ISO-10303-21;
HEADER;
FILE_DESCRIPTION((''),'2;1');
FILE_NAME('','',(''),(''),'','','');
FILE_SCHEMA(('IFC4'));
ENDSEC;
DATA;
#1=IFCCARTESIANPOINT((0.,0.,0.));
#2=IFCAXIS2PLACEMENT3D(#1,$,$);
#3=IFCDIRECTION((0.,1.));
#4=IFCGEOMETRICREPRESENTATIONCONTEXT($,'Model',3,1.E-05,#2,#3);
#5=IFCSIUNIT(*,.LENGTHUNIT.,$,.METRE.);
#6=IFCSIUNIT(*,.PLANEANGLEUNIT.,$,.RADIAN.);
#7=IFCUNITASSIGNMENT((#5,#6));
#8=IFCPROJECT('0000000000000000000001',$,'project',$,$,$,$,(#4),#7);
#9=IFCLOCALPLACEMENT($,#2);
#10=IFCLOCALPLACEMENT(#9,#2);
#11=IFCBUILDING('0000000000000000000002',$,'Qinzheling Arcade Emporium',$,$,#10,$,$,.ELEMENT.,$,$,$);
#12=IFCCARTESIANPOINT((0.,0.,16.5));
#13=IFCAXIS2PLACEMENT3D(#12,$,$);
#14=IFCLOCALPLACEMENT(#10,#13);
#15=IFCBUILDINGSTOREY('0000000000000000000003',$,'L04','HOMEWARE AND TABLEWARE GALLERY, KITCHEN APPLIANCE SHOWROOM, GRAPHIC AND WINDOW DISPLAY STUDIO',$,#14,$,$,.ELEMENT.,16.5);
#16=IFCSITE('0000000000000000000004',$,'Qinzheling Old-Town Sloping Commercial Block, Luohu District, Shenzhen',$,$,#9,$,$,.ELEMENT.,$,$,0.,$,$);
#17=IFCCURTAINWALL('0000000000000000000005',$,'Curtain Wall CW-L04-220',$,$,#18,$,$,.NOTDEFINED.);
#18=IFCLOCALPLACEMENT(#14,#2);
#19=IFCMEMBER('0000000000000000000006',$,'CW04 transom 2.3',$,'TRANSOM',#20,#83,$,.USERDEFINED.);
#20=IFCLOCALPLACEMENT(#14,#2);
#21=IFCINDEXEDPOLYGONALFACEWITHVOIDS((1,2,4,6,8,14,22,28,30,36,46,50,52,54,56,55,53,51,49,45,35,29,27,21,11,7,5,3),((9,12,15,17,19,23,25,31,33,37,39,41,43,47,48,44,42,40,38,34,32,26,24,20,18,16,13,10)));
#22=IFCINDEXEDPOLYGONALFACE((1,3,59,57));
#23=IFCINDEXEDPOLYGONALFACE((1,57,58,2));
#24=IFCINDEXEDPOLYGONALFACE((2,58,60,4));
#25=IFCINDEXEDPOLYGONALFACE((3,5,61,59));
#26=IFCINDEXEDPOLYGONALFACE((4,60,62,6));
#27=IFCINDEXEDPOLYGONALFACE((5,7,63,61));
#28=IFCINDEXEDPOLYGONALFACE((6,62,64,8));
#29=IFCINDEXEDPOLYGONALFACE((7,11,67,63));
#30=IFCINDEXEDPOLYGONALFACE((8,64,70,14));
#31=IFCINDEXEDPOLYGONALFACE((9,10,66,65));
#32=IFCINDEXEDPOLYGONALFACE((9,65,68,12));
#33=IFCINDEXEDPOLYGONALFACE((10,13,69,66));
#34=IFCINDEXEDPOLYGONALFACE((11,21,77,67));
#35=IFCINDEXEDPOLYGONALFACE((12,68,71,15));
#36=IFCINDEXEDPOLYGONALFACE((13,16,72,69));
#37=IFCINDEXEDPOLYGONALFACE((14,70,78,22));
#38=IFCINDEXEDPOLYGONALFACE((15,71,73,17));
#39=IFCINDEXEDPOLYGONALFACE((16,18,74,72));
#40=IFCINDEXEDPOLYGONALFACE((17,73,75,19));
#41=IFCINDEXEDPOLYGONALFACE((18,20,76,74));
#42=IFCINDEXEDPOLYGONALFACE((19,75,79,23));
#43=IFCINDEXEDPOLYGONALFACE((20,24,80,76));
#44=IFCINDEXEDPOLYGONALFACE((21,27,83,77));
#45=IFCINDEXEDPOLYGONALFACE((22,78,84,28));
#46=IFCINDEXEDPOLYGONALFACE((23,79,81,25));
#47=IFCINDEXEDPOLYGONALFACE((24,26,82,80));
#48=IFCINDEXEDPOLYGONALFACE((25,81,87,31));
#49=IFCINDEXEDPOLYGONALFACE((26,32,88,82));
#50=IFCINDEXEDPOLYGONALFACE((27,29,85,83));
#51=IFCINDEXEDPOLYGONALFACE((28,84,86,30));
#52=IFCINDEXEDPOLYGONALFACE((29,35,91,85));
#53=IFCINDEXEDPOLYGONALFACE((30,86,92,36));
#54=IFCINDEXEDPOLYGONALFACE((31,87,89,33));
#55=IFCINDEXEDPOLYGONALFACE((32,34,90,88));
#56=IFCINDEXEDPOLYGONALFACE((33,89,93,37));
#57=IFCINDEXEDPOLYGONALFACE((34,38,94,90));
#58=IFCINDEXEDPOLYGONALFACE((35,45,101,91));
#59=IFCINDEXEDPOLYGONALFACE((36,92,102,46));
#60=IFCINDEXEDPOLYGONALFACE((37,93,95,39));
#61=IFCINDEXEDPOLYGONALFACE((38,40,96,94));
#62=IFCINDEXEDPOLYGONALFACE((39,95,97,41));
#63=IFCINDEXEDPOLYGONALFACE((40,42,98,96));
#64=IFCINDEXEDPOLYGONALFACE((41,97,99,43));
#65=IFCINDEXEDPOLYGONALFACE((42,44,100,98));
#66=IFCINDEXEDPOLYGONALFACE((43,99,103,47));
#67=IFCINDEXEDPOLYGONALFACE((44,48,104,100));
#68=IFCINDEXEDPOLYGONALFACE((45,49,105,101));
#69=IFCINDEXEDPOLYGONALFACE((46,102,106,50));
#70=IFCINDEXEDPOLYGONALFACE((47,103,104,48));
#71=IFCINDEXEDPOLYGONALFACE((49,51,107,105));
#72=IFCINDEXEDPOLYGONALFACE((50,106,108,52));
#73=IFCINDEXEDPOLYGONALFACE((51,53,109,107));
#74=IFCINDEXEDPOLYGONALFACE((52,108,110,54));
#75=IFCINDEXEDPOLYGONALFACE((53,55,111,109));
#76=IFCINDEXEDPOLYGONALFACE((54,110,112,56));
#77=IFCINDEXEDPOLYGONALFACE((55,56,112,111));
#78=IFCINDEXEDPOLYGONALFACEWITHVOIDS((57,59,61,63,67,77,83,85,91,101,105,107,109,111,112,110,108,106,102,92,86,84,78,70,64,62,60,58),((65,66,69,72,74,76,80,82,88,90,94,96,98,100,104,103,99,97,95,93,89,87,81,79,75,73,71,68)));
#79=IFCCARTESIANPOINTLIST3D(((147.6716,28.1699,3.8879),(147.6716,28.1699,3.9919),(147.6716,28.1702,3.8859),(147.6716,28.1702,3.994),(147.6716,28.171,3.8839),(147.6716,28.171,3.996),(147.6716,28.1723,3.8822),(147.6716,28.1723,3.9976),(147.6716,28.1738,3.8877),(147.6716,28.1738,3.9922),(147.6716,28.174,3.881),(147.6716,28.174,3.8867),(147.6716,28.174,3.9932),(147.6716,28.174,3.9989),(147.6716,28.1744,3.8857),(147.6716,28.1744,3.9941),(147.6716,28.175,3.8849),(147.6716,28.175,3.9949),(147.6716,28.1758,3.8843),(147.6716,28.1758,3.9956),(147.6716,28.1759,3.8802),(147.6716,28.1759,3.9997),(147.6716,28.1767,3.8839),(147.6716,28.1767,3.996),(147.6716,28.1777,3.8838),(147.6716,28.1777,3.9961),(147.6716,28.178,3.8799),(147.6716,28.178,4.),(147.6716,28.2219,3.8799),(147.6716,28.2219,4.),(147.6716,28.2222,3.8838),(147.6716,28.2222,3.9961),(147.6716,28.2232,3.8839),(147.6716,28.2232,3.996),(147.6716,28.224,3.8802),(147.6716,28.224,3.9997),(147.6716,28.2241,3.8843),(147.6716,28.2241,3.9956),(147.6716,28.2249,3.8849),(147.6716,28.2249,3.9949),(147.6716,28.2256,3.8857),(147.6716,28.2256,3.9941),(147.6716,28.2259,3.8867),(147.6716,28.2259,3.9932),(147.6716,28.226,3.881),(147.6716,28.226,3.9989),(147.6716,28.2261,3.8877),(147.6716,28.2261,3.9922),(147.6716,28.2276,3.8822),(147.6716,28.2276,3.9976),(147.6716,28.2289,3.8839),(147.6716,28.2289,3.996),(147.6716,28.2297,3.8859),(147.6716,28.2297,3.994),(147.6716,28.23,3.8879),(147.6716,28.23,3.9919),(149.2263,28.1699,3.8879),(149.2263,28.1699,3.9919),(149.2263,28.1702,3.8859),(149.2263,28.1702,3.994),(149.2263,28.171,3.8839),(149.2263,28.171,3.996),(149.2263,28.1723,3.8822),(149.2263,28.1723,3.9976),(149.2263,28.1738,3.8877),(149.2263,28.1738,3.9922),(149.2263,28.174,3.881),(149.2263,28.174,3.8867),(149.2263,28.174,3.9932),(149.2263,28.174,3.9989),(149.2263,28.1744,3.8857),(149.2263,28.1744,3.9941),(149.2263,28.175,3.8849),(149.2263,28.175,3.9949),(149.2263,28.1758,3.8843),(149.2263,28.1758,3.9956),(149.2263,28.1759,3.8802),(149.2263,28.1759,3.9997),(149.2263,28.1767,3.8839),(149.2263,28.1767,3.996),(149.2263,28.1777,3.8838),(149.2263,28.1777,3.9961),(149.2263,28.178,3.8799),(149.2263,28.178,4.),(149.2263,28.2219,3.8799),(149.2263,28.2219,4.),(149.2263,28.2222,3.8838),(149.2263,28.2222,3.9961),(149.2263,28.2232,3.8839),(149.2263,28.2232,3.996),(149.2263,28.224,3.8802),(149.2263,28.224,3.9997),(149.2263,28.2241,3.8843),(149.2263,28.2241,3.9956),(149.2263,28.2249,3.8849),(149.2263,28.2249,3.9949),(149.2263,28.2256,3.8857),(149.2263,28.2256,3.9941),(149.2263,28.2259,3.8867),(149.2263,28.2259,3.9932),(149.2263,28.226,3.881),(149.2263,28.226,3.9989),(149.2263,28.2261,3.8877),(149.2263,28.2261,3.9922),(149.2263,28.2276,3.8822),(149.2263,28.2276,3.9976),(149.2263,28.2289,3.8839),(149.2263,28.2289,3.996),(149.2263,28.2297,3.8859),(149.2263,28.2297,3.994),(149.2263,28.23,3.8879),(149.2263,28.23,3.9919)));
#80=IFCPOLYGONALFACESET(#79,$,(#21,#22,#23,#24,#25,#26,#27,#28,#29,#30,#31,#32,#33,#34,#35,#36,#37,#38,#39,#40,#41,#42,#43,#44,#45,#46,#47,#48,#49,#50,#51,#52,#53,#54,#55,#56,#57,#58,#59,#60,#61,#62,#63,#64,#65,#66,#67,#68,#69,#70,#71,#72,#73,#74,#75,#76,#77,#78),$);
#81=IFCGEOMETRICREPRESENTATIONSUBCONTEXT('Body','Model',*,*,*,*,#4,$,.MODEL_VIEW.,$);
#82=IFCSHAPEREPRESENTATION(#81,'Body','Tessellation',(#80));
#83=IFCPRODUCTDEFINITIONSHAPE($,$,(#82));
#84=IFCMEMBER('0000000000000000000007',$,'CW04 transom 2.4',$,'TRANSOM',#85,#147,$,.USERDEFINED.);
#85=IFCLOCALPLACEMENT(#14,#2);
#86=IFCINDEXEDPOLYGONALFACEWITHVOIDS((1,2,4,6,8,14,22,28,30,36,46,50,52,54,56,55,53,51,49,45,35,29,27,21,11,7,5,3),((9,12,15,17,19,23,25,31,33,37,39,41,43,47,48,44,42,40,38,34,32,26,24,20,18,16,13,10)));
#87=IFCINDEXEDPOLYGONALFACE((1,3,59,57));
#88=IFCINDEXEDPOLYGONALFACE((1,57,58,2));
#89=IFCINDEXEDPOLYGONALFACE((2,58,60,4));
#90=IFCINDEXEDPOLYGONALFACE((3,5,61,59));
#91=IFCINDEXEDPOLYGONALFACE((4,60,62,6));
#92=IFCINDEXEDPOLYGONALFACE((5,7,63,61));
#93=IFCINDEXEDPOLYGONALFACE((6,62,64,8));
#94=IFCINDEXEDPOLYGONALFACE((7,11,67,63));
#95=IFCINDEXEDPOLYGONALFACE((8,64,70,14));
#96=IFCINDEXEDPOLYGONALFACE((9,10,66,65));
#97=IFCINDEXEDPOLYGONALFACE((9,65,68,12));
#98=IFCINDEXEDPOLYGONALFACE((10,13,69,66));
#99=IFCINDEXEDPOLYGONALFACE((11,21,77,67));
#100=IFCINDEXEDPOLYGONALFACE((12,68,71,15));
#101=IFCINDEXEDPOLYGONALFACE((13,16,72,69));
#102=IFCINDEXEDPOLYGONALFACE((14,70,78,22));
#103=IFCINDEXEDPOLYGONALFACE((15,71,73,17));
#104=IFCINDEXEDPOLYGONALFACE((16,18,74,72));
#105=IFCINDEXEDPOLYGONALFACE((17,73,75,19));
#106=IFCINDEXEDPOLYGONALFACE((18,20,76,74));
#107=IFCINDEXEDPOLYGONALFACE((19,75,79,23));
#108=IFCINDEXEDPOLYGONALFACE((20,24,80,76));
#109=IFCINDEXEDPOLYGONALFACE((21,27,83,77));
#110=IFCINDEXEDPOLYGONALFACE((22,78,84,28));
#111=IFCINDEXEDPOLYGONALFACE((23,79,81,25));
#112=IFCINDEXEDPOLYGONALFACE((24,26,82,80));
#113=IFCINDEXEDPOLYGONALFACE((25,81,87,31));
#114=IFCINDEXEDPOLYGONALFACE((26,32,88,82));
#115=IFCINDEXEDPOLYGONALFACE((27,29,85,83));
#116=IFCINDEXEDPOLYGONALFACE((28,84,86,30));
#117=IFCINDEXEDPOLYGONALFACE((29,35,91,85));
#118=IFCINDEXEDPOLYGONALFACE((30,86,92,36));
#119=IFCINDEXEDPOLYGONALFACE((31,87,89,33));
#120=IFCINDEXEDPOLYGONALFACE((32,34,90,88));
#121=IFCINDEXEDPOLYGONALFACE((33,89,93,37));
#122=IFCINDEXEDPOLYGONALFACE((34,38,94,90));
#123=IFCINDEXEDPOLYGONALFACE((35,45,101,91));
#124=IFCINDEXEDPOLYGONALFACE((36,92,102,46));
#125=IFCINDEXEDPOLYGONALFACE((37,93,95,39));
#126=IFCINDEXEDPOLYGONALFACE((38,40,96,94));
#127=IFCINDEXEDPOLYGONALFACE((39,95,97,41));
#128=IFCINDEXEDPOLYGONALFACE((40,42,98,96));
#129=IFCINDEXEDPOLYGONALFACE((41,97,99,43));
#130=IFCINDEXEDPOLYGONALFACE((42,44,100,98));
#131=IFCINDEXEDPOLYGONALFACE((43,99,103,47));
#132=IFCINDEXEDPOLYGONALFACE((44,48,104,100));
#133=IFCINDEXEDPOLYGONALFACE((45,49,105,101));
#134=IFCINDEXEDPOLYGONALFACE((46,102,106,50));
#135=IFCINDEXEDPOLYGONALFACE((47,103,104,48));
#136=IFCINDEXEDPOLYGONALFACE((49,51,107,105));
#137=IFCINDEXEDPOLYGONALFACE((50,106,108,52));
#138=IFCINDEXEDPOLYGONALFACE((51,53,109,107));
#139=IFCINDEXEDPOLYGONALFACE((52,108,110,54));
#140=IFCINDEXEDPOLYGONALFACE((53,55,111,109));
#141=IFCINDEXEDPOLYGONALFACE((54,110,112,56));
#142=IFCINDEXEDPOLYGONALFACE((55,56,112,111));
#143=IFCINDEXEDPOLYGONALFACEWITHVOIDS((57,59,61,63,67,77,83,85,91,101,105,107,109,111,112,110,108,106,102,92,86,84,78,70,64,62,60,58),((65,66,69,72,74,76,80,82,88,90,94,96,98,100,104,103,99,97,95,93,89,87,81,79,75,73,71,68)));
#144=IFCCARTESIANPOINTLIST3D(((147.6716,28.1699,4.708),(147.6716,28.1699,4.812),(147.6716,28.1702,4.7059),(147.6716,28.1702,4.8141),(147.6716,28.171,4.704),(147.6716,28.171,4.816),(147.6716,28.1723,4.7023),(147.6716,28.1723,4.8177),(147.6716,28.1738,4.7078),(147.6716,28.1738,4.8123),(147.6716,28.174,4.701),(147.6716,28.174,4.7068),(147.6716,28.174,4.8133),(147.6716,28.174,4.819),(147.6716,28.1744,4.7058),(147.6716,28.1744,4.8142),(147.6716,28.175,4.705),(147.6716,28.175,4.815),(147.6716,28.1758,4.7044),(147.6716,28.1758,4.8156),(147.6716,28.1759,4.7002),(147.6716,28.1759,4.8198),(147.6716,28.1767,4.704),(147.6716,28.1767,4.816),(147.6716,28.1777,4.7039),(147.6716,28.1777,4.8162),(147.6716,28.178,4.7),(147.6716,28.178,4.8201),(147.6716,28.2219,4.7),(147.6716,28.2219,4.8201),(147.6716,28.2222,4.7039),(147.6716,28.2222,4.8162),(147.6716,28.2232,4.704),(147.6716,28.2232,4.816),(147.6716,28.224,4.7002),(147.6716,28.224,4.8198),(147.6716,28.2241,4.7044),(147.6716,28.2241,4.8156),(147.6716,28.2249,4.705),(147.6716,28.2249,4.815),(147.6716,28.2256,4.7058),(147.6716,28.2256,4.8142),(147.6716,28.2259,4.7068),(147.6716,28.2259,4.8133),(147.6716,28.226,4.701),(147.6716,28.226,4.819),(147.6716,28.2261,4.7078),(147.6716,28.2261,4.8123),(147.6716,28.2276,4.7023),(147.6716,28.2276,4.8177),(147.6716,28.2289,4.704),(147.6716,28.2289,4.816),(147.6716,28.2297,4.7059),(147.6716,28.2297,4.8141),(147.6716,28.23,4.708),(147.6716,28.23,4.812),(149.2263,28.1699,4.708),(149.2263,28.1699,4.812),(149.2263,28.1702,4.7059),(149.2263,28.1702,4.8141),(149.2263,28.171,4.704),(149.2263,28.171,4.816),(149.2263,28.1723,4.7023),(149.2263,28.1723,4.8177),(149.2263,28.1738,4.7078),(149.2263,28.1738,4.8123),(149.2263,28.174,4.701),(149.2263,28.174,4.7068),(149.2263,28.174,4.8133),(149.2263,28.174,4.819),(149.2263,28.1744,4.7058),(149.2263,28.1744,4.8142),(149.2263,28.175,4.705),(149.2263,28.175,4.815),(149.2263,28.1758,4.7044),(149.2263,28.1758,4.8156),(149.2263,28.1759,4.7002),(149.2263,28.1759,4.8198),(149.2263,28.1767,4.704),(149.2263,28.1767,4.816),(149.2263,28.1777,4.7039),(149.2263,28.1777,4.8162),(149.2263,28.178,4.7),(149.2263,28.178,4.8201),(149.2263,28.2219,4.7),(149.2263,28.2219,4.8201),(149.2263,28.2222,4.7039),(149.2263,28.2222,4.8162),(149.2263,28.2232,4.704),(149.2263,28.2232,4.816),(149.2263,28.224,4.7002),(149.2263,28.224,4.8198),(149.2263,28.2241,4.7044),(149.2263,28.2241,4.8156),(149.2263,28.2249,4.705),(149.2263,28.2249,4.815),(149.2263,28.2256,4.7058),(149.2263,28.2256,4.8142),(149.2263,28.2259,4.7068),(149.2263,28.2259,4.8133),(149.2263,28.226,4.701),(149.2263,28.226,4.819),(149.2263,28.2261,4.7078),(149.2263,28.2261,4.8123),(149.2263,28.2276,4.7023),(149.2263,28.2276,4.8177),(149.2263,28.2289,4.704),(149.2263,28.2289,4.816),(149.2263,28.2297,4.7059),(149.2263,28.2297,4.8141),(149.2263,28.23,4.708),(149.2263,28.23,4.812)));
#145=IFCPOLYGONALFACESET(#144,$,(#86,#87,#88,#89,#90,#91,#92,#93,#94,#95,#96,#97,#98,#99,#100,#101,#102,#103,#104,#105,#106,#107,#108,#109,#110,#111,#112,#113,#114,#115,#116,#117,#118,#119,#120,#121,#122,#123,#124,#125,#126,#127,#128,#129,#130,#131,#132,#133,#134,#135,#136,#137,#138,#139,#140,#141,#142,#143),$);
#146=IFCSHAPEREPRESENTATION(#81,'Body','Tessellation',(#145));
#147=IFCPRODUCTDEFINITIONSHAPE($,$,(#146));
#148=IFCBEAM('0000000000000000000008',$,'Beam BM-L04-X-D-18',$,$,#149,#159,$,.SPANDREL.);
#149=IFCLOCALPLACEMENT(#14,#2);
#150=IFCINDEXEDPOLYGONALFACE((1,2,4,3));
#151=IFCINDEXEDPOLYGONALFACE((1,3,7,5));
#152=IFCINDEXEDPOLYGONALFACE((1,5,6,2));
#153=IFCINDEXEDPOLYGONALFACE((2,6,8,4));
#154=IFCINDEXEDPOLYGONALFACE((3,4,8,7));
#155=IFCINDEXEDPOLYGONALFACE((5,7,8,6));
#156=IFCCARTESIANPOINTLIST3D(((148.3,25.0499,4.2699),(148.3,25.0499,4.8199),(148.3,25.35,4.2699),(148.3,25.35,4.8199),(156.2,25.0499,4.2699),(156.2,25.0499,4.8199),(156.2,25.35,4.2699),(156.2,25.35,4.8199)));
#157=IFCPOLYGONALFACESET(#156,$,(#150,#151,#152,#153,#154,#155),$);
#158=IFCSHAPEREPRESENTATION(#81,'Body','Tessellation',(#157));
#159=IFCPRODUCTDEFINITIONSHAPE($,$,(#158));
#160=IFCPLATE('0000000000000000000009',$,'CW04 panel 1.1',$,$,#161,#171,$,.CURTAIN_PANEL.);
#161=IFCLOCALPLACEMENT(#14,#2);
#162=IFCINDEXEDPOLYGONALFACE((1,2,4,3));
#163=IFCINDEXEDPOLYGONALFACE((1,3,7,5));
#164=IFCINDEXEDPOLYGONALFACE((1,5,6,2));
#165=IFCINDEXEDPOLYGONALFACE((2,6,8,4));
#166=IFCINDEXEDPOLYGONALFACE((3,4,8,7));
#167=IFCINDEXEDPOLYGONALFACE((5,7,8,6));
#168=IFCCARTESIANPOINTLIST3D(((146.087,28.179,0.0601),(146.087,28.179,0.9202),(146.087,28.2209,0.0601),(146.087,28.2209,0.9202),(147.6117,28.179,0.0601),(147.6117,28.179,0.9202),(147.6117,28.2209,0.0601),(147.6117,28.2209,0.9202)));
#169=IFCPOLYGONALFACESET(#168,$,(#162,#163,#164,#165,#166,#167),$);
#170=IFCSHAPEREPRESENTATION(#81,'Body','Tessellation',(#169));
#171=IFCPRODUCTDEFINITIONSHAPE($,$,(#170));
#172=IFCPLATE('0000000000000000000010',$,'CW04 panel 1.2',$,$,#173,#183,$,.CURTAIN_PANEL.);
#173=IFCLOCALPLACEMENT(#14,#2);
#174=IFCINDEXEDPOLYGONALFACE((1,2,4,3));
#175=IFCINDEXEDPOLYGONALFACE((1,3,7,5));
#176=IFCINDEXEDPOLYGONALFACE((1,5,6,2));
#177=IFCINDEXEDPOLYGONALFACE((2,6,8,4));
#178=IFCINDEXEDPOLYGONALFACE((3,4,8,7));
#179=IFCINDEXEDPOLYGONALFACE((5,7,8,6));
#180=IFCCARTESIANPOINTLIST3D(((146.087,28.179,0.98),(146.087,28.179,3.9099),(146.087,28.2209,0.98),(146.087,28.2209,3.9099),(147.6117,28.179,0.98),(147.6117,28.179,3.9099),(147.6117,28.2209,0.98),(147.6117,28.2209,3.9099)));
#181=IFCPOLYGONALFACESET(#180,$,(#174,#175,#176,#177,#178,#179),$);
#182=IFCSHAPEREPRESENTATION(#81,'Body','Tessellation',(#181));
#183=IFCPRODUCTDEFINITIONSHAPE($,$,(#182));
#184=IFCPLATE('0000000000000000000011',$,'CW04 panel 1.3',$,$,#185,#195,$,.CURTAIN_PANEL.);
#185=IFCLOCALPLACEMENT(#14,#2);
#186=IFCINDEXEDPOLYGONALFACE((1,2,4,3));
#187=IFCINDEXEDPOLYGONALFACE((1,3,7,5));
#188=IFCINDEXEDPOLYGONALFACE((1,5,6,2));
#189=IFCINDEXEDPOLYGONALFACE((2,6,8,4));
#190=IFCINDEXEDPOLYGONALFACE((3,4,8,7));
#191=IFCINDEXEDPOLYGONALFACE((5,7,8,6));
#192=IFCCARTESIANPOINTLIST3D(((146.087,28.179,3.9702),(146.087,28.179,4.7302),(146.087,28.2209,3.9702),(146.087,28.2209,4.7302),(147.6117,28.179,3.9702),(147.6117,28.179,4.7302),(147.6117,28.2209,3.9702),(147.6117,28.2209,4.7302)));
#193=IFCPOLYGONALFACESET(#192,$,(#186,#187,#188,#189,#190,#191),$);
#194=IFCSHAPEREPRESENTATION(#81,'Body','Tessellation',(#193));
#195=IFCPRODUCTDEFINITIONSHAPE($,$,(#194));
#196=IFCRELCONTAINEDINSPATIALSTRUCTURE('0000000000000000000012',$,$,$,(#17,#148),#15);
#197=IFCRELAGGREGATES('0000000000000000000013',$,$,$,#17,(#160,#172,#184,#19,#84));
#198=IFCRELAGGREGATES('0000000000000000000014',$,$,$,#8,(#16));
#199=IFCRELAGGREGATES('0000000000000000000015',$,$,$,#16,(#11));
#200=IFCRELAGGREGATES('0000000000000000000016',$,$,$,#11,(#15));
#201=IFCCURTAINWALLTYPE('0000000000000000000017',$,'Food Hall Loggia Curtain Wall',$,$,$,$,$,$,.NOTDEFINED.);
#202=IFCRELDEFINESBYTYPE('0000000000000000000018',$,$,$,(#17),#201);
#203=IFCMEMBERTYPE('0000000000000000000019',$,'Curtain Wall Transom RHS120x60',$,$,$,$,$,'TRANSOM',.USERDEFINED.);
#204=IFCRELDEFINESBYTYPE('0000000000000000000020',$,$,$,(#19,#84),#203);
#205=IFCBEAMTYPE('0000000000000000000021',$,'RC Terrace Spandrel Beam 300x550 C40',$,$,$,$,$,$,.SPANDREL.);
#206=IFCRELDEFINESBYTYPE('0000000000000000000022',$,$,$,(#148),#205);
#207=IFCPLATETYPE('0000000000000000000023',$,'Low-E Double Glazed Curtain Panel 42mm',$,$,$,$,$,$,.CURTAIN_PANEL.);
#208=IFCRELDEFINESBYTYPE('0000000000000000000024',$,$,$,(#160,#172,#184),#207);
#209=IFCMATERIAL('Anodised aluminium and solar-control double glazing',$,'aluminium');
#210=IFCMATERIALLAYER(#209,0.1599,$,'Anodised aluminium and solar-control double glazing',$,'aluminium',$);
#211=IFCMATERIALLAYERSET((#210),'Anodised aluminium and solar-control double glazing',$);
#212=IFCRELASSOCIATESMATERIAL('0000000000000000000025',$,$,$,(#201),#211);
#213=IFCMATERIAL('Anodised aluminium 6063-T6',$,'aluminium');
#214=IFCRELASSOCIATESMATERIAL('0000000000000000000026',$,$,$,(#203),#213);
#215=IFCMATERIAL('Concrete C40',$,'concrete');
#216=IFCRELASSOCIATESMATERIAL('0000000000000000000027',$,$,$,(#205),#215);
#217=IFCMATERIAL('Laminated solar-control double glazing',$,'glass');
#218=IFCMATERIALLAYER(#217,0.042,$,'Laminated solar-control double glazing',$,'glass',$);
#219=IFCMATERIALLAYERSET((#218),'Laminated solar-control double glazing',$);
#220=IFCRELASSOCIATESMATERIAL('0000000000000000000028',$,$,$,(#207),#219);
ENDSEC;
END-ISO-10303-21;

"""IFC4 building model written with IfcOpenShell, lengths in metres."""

from ifc_helpers import new_model, si_unit, direction, frame, origin, origin_2d, place, context, subcontext, project, spatial, rectangle, hollow_rectangle, extrude, material, layer, layer_set, material_profile, profile_set, type_object, element, aggregate, save


model = new_model("IFC4")

# Units and contexts
model_context = context("Model", 3, precision=1e-05, world=origin(), true_north=direction((0.0, 1.0)))
body_context = subcontext(model_context, "Body", "Model", "MODEL_VIEW")
ifc_project = project(units=[si_unit("LENGTHUNIT", "METRE"), si_unit("PLANEANGLEUNIT", "RADIAN")], contexts=[model_context])

# Site, building, storey
site_placement = place(None, origin())
site = spatial("IfcSite", under=ifc_project, at=site_placement, Name="Qinzheling Old-Town Sloping Commercial Block, Luohu District, Shenzhen", CompositionType="ELEMENT", RefElevation=0.0)
building_placement = place(site_placement, origin())
building = spatial("IfcBuilding", under=site, at=building_placement, Name="Qinzheling Arcade Emporium", CompositionType="ELEMENT")
storey_placement = place(building_placement, frame((0.0, 0.0, 16.5)))
storey = spatial("IfcBuildingStorey", under=building, at=storey_placement, Name="L04", Description="HOMEWARE AND TABLEWARE GALLERY, KITCHEN APPLIANCE SHOWROOM, GRAPHIC AND WINDOW DISPLAY STUDIO", CompositionType="ELEMENT", Elevation=16.5)

# Shared definitions
ifc_material_1 = material(Name="Concrete C40", Category="concrete")

# Curtain wall, members
ifc_material_2 = material(Name="Anodised aluminium and solar-control double glazing", Category="aluminium")
ifc_layer_1 = layer(ifc_material_2, 0.1599, Name="Anodised aluminium and solar-control double glazing", Category="aluminium")
ifc_layer_set_1 = layer_set([ifc_layer_1], Name="Anodised aluminium and solar-control double glazing")
curtain_wall_type = type_object("IfcCurtainWallType", Name="Food Hall Loggia Curtain Wall", PredefinedType="NOTDEFINED", material=ifc_layer_set_1)
curtain_wall_placement = place(storey_placement, origin())
curtain_wall = element("IfcCurtainWall", 1, at=curtain_wall_placement, inside=storey, type_object=curtain_wall_type, Name="Curtain Wall CW-L04-220", PredefinedType="NOTDEFINED")
ifc_material_3 = material(Name="Anodised aluminium 6063-T6", Category="aluminium")
ifc_material_profile_1 = material_profile(ifc_material_3, hollow_rectangle(XDim=0.0601, YDim=0.1201, WallThickness=0.0039, InnerFilletRadius=0.0039, OuterFilletRadius=0.0081, at=origin_2d()), Name="RHS 120x60x4", Category="aluminium")
ifc_profile_set_1 = profile_set([ifc_material_profile_1], Name="Anodised aluminium 6063-T6")
member_type_1 = type_object("IfcMemberType", Name="Curtain Wall Transom RHS120x60", ElementType="TRANSOM", PredefinedType="USERDEFINED", material=ifc_profile_set_1)
member_1_placement = place(storey_placement, frame((147.6716, 28.2, 3.9399), z_axis=(1.0, 0.0, 0.0), x_axis=(0.0, 1.0, 0.0)))
member_1 = element("IfcMember", 2, at=member_1_placement, type_object=member_type_1, Name="CW04 transom 2.3", ObjectType="TRANSOM", PredefinedType="USERDEFINED", context=body_context, shape_type="SweptSolid", body=[
    extrude(hollow_rectangle(XDim=0.0601, YDim=0.1201, WallThickness=0.0039, InnerFilletRadius=0.0039, OuterFilletRadius=0.0081, at=origin_2d()), origin(), (0.0, 0.0, 1.0), 1.5547),
])
member_2_placement = place(storey_placement, frame((147.6716, 28.2, 4.76), z_axis=(1.0, 0.0, 0.0), x_axis=(0.0, 1.0, 0.0)))
member_2 = element("IfcMember", 3, at=member_2_placement, type_object=member_type_1, Name="CW04 transom 2.4", ObjectType="TRANSOM", PredefinedType="USERDEFINED", context=body_context, shape_type="SweptSolid", body=[
    extrude(hollow_rectangle(XDim=0.0601, YDim=0.1201, WallThickness=0.0039, InnerFilletRadius=0.0039, OuterFilletRadius=0.0081, at=origin_2d()), origin(), (0.0, 0.0, 1.0), 1.5547),
])

# Beam
ifc_material_profile_2 = material_profile(ifc_material_1, rectangle(XDim=0.3, YDim=0.55, at=origin_2d()), Name="RC 300x550", Category="concrete")
ifc_profile_set_2 = profile_set([ifc_material_profile_2], Name="Concrete C40")
beam_type = type_object("IfcBeamType", Name="RC Terrace Spandrel Beam 300x550 C40", PredefinedType="SPANDREL", material=ifc_profile_set_2)
beam_placement = place(storey_placement, frame((148.3, 25.2, 4.5449), z_axis=(1.0, 0.0, 0.0), x_axis=(0.0, 1.0, 0.0)))
element("IfcBeam", 4, at=beam_placement, inside=storey, type_object=beam_type, Name="Beam BM-L04-X-D-18", PredefinedType="SPANDREL", context=body_context, shape_type="SweptSolid", body=[
    extrude(rectangle(XDim=0.3, YDim=0.55, at=origin_2d()), origin(), (0.0, 0.0, 1.0), 7.8999),
])

# Plates
ifc_material_4 = material(Name="Laminated solar-control double glazing", Category="glass")
ifc_layer_2 = layer(ifc_material_4, 0.042, Name="Laminated solar-control double glazing", Category="glass")
ifc_layer_set_2 = layer_set([ifc_layer_2], Name="Laminated solar-control double glazing")
plate_type = type_object("IfcPlateType", Name="Low-E Double Glazed Curtain Panel 42mm", PredefinedType="CURTAIN_PANEL", material=ifc_layer_set_2)
plate_1_placement = place(storey_placement, frame((146.8494, 28.2, 0.0601), z_axis=(0.0, 0.0, 1.0), x_axis=(1.0, 0.0, 0.0)))
plate_1 = element("IfcPlate", 5, at=plate_1_placement, type_object=plate_type, Name="CW04 panel 1.1", PredefinedType="CURTAIN_PANEL", context=body_context, shape_type="SweptSolid", body=[
    extrude(rectangle(XDim=1.5247, YDim=0.042, at=origin_2d()), origin(), (0.0, 0.0, 1.0), 0.8601),
])
plate_2_placement = place(storey_placement, frame((146.8494, 28.2, 0.98), z_axis=(0.0, 0.0, 1.0), x_axis=(1.0, 0.0, 0.0)))
plate_2 = element("IfcPlate", 6, at=plate_2_placement, type_object=plate_type, Name="CW04 panel 1.2", PredefinedType="CURTAIN_PANEL", context=body_context, shape_type="SweptSolid", body=[
    extrude(rectangle(XDim=1.5247, YDim=0.042, at=origin_2d()), origin(), (0.0, 0.0, 1.0), 2.9299),
])
plate_3_placement = place(storey_placement, frame((146.8494, 28.2, 3.9702), z_axis=(0.0, 0.0, 1.0), x_axis=(1.0, 0.0, 0.0)))
plate_3 = element("IfcPlate", 7, at=plate_3_placement, type_object=plate_type, Name="CW04 panel 1.3", PredefinedType="CURTAIN_PANEL", context=body_context, shape_type="SweptSolid", body=[
    extrude(rectangle(XDim=1.5247, YDim=0.042, at=origin_2d()), origin(), (0.0, 0.0, 1.0), 0.76),
])
aggregate(curtain_wall, [plate_1, plate_2, plate_3, member_1, member_2])

save(model, "model.ifc")
